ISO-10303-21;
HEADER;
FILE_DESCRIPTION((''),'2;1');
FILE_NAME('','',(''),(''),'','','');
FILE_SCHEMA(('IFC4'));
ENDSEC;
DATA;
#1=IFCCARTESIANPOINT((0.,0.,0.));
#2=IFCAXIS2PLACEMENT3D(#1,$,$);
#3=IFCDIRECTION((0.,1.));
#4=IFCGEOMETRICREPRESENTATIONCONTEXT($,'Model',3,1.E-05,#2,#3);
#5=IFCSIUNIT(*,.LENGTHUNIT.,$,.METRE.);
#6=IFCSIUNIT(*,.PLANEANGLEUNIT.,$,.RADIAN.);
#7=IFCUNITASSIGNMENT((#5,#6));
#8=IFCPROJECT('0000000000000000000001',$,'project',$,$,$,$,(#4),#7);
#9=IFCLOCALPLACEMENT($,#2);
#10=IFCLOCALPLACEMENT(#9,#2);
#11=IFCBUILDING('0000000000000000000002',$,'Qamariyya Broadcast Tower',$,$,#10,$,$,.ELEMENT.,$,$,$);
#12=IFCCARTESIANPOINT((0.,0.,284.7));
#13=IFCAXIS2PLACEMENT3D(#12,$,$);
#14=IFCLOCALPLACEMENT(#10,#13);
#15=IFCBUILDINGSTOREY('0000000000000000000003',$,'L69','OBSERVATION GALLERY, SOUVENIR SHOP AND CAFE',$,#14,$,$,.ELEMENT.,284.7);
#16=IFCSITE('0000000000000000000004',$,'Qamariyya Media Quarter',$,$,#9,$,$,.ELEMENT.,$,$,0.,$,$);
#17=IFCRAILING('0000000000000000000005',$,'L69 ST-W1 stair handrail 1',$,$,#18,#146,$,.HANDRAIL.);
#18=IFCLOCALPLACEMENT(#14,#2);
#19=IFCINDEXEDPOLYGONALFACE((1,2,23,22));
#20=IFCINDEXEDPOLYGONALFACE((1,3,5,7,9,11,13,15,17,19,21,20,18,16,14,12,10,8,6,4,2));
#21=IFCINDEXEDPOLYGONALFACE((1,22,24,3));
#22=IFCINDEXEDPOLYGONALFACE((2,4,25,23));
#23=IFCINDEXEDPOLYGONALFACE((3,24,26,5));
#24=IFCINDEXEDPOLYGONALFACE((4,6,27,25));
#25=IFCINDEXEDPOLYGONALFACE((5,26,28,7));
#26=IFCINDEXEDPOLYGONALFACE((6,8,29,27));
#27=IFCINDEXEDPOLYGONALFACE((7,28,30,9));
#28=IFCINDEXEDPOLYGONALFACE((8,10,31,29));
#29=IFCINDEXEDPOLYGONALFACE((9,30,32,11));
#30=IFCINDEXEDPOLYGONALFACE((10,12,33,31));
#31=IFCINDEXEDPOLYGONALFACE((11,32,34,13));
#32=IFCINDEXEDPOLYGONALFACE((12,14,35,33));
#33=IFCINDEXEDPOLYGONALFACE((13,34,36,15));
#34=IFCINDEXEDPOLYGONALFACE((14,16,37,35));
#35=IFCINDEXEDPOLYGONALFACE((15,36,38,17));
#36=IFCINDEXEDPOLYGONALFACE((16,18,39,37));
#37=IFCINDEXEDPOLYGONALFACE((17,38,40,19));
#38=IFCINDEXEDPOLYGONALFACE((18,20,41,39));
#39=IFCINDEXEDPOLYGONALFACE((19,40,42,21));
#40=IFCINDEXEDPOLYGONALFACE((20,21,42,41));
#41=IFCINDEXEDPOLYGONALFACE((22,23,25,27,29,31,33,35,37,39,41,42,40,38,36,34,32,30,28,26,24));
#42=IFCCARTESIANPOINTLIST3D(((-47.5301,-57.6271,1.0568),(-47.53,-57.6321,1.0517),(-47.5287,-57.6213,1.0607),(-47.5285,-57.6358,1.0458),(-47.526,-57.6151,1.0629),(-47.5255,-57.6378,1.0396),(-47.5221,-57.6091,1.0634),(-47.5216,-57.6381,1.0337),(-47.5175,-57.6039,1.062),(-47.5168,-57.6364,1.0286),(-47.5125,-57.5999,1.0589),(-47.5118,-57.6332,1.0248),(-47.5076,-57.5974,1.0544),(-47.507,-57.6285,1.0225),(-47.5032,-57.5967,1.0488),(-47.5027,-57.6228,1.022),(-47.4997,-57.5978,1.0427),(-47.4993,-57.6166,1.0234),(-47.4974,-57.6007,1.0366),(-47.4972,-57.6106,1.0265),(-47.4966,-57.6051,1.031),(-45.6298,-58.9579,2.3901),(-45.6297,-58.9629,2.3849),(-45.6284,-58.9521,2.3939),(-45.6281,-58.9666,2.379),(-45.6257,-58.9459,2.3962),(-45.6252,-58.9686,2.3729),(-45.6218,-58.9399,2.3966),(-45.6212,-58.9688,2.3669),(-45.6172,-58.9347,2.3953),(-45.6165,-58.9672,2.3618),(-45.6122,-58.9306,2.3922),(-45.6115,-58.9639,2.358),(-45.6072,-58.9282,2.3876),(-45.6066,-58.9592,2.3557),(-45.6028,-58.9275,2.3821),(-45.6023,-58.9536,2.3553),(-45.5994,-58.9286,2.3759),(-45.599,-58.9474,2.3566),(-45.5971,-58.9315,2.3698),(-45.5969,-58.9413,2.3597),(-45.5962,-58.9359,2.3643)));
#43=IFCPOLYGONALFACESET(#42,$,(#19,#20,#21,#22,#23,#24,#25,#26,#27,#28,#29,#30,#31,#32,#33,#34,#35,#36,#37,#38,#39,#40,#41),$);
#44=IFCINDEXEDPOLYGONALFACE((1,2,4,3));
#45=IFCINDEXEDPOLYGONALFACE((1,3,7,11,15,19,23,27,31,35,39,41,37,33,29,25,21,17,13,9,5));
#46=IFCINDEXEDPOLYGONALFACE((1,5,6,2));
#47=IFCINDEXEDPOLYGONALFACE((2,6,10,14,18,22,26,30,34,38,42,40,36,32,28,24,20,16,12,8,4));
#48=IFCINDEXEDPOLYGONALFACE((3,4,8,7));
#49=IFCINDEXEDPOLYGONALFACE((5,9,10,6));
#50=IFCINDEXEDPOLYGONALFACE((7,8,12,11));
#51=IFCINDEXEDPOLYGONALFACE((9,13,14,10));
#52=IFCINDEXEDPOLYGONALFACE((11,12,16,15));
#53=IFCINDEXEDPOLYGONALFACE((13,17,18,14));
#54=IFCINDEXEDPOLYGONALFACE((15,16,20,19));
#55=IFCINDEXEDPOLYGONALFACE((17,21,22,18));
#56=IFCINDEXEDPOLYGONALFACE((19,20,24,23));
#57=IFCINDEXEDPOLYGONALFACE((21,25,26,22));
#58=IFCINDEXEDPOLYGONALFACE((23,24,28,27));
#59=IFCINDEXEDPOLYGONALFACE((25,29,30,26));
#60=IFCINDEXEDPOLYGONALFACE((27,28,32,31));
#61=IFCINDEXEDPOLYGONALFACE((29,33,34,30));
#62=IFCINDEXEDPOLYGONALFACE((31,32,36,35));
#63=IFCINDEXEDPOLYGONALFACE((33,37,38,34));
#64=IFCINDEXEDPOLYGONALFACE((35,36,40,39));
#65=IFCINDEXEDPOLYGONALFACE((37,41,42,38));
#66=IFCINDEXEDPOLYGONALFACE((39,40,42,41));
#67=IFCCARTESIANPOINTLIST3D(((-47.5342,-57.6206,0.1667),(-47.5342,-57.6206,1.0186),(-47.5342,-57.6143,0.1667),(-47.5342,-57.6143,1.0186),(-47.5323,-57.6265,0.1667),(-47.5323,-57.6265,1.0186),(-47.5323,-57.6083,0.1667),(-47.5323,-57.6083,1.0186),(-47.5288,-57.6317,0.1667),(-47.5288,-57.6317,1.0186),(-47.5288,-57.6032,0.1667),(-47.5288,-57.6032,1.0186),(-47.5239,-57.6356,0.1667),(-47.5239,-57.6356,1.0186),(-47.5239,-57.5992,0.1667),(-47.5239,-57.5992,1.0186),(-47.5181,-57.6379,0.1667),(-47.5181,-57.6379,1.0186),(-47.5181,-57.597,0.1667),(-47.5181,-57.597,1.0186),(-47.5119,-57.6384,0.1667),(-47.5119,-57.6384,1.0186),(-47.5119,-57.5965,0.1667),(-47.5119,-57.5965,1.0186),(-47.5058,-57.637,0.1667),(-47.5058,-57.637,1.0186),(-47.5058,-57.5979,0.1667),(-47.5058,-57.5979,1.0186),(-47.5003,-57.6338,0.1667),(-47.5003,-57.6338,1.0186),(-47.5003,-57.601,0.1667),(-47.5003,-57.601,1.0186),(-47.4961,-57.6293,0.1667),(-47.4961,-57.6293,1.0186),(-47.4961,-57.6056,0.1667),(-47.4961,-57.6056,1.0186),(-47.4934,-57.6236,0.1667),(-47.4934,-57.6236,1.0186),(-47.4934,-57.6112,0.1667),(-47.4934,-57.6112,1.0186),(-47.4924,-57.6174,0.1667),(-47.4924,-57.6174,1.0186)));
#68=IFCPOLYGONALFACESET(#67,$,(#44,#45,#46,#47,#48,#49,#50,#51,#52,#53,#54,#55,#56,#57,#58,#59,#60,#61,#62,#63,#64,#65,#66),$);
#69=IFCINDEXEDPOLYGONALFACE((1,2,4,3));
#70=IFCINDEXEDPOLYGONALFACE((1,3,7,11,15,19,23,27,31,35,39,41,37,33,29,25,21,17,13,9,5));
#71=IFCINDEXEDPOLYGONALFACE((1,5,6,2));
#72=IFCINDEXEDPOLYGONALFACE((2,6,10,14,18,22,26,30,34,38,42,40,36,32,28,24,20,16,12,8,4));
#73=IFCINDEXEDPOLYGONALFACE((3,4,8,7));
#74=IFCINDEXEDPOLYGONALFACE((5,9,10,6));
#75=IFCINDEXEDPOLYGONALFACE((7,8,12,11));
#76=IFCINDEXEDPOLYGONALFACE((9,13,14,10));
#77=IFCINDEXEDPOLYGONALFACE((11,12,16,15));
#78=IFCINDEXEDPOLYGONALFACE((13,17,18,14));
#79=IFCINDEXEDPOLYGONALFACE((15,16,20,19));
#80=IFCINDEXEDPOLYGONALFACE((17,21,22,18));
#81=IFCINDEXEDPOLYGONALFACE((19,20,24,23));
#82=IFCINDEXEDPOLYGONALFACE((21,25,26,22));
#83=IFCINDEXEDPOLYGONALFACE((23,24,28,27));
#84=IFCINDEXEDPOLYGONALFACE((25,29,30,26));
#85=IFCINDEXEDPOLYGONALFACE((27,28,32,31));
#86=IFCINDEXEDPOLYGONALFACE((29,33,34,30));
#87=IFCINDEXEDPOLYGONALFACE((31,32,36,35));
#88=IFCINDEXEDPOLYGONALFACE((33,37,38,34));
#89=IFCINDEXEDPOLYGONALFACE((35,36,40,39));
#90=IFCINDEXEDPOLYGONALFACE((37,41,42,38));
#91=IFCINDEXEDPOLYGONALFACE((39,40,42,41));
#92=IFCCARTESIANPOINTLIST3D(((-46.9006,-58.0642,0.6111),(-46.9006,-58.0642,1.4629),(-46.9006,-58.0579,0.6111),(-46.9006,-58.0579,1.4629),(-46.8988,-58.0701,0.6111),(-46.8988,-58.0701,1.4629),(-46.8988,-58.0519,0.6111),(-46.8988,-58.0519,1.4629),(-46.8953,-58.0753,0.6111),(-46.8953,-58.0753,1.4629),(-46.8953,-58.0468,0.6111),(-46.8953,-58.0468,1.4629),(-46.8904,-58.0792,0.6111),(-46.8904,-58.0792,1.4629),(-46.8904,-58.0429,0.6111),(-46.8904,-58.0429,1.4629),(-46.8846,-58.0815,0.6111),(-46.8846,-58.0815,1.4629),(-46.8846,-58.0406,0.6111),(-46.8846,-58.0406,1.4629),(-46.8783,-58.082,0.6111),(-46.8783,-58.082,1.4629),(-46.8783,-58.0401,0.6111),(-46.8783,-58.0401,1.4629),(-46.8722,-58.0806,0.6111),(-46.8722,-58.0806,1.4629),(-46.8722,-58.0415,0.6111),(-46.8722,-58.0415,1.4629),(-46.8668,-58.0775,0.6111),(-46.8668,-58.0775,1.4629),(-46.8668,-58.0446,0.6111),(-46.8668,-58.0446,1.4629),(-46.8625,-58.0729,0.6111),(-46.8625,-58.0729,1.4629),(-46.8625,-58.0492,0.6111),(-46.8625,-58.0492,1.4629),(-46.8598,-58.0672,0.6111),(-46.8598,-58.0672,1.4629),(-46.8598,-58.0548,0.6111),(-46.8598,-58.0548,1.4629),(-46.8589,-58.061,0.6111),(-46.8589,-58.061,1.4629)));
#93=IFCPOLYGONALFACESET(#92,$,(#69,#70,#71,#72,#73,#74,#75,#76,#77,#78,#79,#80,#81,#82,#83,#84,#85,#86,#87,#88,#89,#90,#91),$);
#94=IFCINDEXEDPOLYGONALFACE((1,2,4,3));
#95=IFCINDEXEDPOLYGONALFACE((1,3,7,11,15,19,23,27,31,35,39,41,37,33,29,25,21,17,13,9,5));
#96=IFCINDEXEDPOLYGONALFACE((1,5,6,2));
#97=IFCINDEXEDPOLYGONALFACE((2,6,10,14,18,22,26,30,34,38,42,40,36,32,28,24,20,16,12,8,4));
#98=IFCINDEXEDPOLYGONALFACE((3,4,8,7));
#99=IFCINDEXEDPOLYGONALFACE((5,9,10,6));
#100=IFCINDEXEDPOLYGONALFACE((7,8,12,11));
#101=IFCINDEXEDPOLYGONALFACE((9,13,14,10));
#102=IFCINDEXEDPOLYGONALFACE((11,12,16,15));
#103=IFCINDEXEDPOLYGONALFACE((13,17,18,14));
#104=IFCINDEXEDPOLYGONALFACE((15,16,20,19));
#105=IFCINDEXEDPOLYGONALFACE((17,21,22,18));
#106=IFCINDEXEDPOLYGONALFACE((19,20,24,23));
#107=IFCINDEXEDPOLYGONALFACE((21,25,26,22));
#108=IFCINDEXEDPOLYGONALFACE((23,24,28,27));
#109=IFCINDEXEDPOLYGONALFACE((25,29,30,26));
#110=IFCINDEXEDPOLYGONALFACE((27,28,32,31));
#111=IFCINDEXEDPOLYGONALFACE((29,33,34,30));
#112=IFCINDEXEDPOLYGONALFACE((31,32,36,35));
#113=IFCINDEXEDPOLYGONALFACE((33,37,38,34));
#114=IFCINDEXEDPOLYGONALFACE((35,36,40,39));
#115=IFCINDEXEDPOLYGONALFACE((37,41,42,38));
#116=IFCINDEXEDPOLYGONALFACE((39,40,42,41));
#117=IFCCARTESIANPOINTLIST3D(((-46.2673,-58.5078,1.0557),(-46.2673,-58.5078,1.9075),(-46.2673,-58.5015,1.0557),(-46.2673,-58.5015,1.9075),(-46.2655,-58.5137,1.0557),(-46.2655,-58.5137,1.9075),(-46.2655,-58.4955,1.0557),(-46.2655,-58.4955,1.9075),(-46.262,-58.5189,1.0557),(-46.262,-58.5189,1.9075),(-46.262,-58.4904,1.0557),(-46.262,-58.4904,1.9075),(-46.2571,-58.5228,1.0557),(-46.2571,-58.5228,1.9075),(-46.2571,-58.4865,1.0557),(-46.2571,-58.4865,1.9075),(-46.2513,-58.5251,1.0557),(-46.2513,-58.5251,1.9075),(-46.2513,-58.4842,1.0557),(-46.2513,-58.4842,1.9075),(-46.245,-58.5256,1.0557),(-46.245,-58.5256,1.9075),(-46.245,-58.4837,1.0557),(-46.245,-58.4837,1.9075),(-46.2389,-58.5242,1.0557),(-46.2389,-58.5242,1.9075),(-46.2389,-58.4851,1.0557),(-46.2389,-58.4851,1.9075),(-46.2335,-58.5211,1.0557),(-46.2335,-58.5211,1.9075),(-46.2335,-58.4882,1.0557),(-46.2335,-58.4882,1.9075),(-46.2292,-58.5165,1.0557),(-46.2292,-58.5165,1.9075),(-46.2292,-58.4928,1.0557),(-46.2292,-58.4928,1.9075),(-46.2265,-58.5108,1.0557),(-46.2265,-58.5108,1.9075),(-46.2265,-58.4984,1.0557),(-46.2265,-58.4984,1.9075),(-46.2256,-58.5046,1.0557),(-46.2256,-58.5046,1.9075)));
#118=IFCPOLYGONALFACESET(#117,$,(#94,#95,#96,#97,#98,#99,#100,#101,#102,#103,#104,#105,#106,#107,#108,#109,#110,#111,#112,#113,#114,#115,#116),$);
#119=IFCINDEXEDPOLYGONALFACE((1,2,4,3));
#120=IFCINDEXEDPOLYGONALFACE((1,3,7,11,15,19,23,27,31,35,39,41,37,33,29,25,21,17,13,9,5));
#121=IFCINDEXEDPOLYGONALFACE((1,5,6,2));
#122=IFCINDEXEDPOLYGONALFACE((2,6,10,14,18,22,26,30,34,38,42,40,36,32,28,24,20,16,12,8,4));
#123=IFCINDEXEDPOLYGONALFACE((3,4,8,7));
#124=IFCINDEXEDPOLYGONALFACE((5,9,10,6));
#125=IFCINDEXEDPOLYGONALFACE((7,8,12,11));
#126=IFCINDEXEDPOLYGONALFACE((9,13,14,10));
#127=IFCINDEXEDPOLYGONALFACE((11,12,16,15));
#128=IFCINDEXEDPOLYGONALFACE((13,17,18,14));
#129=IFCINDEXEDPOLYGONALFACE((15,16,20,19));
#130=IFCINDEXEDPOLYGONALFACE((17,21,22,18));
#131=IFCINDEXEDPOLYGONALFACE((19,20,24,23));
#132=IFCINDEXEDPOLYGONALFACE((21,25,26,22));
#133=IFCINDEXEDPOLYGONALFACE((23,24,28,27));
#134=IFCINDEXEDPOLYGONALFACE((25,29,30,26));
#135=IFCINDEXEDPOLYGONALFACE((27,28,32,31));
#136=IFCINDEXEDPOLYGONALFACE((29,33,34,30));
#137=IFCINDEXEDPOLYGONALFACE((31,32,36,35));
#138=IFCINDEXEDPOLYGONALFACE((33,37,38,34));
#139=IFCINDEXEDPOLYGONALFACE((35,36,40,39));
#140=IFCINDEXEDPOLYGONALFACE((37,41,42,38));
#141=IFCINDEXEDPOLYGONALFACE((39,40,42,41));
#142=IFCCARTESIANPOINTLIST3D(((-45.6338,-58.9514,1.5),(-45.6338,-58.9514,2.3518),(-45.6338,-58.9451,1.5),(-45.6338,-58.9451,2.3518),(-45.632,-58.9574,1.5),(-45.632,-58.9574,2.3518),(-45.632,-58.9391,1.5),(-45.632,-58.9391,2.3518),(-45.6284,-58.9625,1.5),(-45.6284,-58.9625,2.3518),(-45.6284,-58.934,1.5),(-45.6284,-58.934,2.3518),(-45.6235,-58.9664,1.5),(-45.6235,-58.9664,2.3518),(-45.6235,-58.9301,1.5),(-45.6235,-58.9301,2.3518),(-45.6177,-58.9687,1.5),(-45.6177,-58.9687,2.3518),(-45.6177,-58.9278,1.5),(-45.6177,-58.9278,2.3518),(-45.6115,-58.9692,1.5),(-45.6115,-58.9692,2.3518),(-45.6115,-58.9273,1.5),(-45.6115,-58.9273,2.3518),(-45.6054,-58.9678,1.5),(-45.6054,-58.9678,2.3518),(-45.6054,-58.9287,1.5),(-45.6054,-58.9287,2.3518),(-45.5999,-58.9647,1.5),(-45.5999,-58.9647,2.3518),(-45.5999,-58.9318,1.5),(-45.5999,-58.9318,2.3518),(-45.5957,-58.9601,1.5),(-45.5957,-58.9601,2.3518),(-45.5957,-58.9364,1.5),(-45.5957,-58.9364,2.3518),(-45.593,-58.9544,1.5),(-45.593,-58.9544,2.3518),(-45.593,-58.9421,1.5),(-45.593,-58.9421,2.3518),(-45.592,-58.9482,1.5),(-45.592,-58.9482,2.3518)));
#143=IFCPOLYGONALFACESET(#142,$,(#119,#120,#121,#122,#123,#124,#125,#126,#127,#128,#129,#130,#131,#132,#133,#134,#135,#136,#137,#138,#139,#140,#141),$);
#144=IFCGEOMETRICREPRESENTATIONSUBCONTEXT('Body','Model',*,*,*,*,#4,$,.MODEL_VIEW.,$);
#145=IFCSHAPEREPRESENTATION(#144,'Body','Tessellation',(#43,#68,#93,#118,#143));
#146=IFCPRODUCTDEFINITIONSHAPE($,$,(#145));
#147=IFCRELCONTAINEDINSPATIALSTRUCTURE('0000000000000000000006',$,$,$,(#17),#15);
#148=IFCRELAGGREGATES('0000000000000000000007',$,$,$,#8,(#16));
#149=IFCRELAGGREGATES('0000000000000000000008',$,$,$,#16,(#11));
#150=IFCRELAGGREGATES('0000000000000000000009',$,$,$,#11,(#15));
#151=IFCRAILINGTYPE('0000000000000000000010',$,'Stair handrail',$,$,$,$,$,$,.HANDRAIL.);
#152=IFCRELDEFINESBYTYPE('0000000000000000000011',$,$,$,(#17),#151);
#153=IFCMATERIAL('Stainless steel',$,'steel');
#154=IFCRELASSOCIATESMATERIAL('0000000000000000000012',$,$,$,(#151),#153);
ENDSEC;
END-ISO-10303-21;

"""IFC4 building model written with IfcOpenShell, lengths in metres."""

from ifc_helpers import new_model, si_unit, direction, frame, origin, origin_2d, place, context, subcontext, project, spatial, circle, extrude, material, type_object, element, save


model = new_model("IFC4")

# Units and contexts
model_context = context("Model", 3, precision=1e-05, world=origin(), true_north=direction((0.0, 1.0)))
body_context = subcontext(model_context, "Body", "Model", "MODEL_VIEW")
ifc_project = project(units=[si_unit("LENGTHUNIT", "METRE"), si_unit("PLANEANGLEUNIT", "RADIAN")], contexts=[model_context])

# Site, building, storey
site_placement = place(None, origin())
site = spatial("IfcSite", under=ifc_project, at=site_placement, Name="Qamariyya Media Quarter", CompositionType="ELEMENT", RefElevation=0.0)
building_placement = place(site_placement, origin())
building = spatial("IfcBuilding", under=site, at=building_placement, Name="Qamariyya Broadcast Tower", CompositionType="ELEMENT")
storey_placement = place(building_placement, frame((0.0, 0.0, 284.7)))
storey = spatial("IfcBuildingStorey", under=building, at=storey_placement, Name="L69", Description="OBSERVATION GALLERY, SOUVENIR SHOP AND CAFE", CompositionType="ELEMENT", Elevation=284.7)

# Railing
ifc_material_1 = material(Name="Stainless steel", Category="steel")
railing_type_1 = type_object("IfcRailingType", Name="Stair handrail", PredefinedType="HANDRAIL", material=ifc_material_1)
railing_1_placement = place(storey_placement, frame((-47.5134, -57.6174, 0.1667)))
element("IfcRailing", 1, at=railing_1_placement, inside=storey, type_object=railing_type_1, Name="L69 ST-W1 stair handrail 1", PredefinedType="HANDRAIL", context=body_context, shape_type="SweptSolid", body=[
    extrude(circle(Radius=0.0239, at=origin_2d()), frame((0.0, 0.0, 0.876), z_axis=(0.710204, -0.497344, 0.498256), x_axis=(0.573618, 0.819123, 0.0)), (0.0, 0.0, 1.0), 2.6758),
    extrude(circle(Radius=0.021, at=origin_2d()), origin(), (0.0, 0.0, 1.0), 0.8518),
    extrude(circle(Radius=0.021, at=origin_2d()), frame((0.6335, -0.4436, 0.4443)), (0.0, 0.0, 1.0), 0.8518),
    extrude(circle(Radius=0.021, at=origin_2d()), frame((1.2668, -0.8872, 0.8889)), (0.0, 0.0, 1.0), 0.8518),
    extrude(circle(Radius=0.021, at=origin_2d()), frame((1.9004, -1.3308, 1.3333)), (0.0, 0.0, 1.0), 0.8518),
])

save(model, "model.ifc")
